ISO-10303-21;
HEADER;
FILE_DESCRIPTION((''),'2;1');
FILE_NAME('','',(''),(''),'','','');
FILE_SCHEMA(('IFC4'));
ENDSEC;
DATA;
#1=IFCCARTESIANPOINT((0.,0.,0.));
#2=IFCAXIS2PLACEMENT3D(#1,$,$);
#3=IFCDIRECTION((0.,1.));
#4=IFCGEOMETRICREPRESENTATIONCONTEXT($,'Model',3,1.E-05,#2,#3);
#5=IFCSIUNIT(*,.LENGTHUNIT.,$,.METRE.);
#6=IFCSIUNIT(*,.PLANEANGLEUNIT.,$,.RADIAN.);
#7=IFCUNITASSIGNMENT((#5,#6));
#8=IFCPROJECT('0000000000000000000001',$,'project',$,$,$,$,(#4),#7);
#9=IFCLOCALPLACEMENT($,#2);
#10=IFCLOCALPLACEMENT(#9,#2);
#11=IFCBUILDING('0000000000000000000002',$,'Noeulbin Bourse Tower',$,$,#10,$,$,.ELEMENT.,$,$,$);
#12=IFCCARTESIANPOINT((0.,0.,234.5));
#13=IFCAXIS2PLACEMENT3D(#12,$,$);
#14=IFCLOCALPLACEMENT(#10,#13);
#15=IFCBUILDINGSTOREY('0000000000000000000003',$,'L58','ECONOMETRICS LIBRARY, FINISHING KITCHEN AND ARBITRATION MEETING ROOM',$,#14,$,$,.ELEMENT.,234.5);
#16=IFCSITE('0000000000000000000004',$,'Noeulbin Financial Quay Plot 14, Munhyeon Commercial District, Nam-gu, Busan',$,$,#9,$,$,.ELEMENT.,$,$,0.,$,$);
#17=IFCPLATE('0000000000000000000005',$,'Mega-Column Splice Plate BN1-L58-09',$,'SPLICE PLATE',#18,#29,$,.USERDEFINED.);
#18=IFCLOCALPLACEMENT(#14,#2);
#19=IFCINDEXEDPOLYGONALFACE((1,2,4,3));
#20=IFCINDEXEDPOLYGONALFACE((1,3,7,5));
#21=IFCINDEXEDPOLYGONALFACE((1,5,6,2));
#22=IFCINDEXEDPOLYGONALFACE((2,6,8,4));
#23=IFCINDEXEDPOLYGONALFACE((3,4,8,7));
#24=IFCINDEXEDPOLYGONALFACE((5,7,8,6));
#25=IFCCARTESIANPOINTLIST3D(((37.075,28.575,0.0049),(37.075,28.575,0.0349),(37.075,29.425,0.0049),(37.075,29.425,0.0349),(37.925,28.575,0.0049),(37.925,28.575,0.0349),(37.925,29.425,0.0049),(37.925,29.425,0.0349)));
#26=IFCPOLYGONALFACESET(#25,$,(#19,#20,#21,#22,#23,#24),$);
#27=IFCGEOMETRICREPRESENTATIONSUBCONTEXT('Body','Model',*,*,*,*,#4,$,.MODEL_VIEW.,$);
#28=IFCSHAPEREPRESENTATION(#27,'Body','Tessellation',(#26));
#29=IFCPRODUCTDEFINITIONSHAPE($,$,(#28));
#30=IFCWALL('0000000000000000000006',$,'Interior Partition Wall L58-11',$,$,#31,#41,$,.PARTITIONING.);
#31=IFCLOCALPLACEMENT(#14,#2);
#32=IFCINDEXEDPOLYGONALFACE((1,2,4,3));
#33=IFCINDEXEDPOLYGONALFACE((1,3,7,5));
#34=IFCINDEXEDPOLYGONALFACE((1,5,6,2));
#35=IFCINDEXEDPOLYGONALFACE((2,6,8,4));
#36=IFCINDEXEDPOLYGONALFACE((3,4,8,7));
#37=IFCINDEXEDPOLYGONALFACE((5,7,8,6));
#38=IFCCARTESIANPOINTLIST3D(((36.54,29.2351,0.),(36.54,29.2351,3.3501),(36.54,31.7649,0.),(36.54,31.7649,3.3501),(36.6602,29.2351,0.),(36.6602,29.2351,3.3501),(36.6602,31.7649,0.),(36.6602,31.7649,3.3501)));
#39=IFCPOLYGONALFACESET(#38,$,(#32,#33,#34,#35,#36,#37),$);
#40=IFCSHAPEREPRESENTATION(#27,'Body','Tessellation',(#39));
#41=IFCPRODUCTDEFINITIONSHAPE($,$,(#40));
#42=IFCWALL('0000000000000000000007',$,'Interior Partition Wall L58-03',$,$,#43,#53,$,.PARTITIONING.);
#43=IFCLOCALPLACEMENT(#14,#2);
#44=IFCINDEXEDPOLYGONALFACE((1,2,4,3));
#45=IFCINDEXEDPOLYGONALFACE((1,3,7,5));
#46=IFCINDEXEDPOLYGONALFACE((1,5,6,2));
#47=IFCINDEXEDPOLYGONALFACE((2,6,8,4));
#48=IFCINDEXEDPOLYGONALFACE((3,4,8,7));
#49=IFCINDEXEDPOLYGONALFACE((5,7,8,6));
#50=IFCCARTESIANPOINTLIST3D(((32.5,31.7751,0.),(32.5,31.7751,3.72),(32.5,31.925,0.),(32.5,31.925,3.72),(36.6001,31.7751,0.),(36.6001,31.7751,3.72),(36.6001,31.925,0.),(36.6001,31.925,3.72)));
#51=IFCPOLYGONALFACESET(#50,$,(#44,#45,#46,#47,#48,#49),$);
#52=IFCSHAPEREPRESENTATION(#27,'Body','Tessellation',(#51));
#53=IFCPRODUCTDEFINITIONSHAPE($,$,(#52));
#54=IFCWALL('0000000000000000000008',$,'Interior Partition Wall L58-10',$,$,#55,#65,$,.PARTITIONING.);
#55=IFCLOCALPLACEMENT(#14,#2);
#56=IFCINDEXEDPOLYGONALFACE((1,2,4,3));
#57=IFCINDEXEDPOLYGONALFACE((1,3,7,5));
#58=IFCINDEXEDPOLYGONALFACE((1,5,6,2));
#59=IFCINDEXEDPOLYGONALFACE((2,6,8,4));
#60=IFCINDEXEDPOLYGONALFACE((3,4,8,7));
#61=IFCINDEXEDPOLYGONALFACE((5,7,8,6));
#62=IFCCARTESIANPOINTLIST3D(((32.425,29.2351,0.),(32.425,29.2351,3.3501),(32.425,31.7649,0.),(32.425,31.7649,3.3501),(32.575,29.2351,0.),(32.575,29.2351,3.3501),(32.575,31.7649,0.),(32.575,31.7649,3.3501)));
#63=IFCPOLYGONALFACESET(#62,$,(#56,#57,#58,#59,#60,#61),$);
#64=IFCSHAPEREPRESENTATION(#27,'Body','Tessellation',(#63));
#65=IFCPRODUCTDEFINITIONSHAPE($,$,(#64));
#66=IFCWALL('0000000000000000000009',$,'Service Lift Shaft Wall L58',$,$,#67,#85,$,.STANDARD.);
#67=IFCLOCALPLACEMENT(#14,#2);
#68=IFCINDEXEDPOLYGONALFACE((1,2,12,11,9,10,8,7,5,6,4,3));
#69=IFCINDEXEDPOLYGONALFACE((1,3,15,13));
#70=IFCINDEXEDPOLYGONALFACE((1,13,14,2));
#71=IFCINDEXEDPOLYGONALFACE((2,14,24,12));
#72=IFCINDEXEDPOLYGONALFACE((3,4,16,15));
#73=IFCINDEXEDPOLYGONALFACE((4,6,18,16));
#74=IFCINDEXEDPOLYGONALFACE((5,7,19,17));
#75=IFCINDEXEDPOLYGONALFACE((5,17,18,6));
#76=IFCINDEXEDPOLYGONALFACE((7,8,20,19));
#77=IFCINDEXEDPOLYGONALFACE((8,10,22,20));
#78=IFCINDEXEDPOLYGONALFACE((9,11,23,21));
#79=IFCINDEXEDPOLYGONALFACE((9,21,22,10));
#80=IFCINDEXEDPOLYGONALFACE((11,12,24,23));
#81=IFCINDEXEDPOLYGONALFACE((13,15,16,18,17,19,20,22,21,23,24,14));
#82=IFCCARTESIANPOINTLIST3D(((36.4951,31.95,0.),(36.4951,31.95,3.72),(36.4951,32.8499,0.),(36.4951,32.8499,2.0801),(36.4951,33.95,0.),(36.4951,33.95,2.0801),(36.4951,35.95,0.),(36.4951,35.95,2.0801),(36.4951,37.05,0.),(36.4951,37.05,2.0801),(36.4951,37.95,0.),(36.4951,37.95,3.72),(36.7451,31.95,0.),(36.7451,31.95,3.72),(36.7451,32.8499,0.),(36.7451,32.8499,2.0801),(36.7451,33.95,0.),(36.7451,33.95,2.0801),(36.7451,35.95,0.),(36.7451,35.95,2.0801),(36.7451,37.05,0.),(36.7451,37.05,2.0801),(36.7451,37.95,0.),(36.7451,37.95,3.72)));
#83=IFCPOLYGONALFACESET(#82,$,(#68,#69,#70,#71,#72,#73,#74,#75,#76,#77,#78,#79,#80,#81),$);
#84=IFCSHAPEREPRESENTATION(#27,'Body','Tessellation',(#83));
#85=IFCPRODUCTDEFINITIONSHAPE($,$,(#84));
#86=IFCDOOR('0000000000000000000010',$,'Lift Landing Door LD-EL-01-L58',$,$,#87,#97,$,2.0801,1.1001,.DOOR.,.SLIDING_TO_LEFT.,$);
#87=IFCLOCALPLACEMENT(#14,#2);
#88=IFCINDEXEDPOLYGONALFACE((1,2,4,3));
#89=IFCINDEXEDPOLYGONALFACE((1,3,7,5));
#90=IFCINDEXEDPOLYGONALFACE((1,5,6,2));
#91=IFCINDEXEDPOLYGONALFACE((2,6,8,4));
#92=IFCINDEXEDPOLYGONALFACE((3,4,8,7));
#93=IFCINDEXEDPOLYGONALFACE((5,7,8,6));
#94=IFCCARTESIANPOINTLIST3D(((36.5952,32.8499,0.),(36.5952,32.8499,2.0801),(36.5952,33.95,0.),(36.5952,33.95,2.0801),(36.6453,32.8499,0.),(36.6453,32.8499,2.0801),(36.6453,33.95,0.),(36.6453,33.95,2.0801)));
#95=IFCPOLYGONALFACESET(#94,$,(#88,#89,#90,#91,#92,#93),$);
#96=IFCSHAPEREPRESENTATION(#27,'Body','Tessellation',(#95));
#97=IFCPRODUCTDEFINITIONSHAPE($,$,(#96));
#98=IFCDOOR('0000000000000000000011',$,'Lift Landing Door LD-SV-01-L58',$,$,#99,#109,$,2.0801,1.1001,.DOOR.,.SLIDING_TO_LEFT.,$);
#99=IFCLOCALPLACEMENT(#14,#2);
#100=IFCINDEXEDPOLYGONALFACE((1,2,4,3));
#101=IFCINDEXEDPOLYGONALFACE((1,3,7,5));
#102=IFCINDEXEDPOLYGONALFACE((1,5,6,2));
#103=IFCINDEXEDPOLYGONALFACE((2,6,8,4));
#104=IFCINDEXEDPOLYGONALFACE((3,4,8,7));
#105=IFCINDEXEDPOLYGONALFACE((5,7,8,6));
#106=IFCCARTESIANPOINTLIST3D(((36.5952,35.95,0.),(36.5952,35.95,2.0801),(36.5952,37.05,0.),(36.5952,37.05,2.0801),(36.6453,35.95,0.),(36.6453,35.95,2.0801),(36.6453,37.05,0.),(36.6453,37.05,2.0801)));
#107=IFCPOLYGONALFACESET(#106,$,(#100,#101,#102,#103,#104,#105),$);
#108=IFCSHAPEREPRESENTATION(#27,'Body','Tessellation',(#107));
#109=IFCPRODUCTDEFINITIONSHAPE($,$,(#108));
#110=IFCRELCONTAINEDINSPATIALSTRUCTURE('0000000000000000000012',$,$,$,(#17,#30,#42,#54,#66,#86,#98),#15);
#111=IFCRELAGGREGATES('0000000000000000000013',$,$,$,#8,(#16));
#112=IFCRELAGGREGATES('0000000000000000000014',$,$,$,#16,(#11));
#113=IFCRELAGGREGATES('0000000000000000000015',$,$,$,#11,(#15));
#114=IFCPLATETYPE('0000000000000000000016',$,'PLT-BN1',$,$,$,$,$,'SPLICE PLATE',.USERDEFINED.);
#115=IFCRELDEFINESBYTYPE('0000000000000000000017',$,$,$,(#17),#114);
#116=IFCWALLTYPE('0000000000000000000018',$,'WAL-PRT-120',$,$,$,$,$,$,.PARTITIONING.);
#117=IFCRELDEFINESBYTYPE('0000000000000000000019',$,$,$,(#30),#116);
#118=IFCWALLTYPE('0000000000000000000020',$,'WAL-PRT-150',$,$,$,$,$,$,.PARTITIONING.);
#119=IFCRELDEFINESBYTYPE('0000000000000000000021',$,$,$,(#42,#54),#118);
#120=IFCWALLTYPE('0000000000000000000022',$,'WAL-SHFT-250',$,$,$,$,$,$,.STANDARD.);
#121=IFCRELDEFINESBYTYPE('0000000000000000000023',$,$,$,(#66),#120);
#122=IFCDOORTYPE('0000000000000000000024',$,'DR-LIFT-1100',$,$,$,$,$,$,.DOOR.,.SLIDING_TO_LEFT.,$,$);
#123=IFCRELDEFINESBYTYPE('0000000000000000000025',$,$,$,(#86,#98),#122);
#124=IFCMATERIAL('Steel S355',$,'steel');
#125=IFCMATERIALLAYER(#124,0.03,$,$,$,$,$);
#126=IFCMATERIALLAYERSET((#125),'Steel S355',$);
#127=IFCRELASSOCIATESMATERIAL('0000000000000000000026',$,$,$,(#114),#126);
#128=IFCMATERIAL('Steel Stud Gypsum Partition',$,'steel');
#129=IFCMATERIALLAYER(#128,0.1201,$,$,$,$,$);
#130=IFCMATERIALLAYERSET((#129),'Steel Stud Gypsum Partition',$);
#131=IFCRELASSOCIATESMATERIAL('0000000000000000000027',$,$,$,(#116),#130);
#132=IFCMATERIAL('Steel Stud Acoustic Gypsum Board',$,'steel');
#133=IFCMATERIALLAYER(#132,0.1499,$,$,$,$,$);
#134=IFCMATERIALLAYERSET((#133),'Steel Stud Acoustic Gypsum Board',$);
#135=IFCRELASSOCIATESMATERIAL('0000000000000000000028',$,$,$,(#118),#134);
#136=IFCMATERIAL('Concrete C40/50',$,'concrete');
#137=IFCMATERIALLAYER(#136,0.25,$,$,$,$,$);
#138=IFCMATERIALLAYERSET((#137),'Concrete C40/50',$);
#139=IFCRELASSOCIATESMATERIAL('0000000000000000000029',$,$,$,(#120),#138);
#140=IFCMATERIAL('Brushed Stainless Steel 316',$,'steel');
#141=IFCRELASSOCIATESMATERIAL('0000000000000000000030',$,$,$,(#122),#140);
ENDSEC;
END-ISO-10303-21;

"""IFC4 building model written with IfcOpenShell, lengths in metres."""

from ifc_helpers import new_model, si_unit, direction, frame, frame_2d, origin, origin_2d, place, context, subcontext, project, spatial, rectangle, extrude, material, layer, layer_set, type_object, element, fill, save


model = new_model("IFC4")

# Units and contexts
model_context = context("Model", 3, precision=1e-05, world=origin(), true_north=direction((0.0, 1.0)))
body_context = subcontext(model_context, "Body", "Model", "MODEL_VIEW")
ifc_project = project(units=[si_unit("LENGTHUNIT", "METRE"), si_unit("PLANEANGLEUNIT", "RADIAN")], contexts=[model_context])

# Site, building, storey
site_placement = place(None, origin())
site = spatial("IfcSite", under=ifc_project, at=site_placement, Name="Noeulbin Financial Quay Plot 14, Munhyeon Commercial District, Nam-gu, Busan", CompositionType="ELEMENT", RefElevation=0.0)
building_placement = place(site_placement, origin())
building = spatial("IfcBuilding", under=site, at=building_placement, Name="Noeulbin Bourse Tower", CompositionType="ELEMENT")
storey_placement = place(building_placement, frame((0.0, 0.0, 234.5)))
storey = spatial("IfcBuildingStorey", under=building, at=storey_placement, Name="L58", Description="ECONOMETRICS LIBRARY, FINISHING KITCHEN AND ARBITRATION MEETING ROOM", CompositionType="ELEMENT", Elevation=234.5)

# Shared definitions
ifc_material_1 = material(Name="Steel S355", Category="steel")

# Plate
ifc_layer_1 = layer(ifc_material_1, 0.03)
ifc_layer_set_1 = layer_set([ifc_layer_1], Name="Steel S355")
plate_type = type_object("IfcPlateType", Name="PLT-BN1", ElementType="SPLICE PLATE", PredefinedType="USERDEFINED", material=ifc_layer_set_1)
for number, where, z_axis, x_axis, name in (
    (1, (37.5, 29.0, 0.0049), (0.0, 0.0, 1.0), (1.0, 0.0, 0.0), "Mega-Column Splice Plate BN1-L58-09"),
):
    element("IfcPlate", number, at=place(storey_placement, frame(where, z_axis=z_axis, x_axis=x_axis)), inside=storey, type_object=plate_type, Name=name, ObjectType="SPLICE PLATE", PredefinedType="USERDEFINED", context=body_context, shape_type="SweptSolid", body=[
        extrude(rectangle(XDim=0.8501, YDim=0.8501, at=origin_2d()), origin(), (0.0, 0.0, 1.0), 0.03),
    ])

# Walls
ifc_material_2 = material(Name="Steel Stud Gypsum Partition", Category="steel")
ifc_layer_2 = layer(ifc_material_2, 0.1201)
ifc_layer_set_2 = layer_set([ifc_layer_2], Name="Steel Stud Gypsum Partition")
wall_type_1 = type_object("IfcWallType", Name="WAL-PRT-120", PredefinedType="PARTITIONING", material=ifc_layer_set_2)
wall_1_placement = place(storey_placement, frame((36.6001, 29.2351, 0.0), z_axis=(0.0, 0.0, 1.0), x_axis=(0.0, 1.0, 0.0)))
element("IfcWall", 2, at=wall_1_placement, inside=storey, type_object=wall_type_1, Name="Interior Partition Wall L58-11", PredefinedType="PARTITIONING", context=body_context, shape_type="SweptSolid", body=[
    extrude(rectangle(XDim=2.5298, YDim=0.1201, at=frame_2d((1.2649, 0.0))), origin(), (0.0, 0.0, 1.0), 3.3501),
])
ifc_material_3 = material(Name="Steel Stud Acoustic Gypsum Board", Category="steel")
ifc_layer_3 = layer(ifc_material_3, 0.1499)
ifc_layer_set_3 = layer_set([ifc_layer_3], Name="Steel Stud Acoustic Gypsum Board")
wall_type_2 = type_object("IfcWallType", Name="WAL-PRT-150", PredefinedType="PARTITIONING", material=ifc_layer_set_3)
wall_2_placement = place(storey_placement, frame((32.5, 31.8501, 0.0), z_axis=(0.0, 0.0, 1.0), x_axis=(1.0, 0.0, 0.0)))
element("IfcWall", 3, at=wall_2_placement, inside=storey, type_object=wall_type_2, Name="Interior Partition Wall L58-03", PredefinedType="PARTITIONING", context=body_context, shape_type="SweptSolid", body=[
    extrude(rectangle(XDim=4.1001, YDim=0.1499, at=frame_2d((2.05, 0.0))), origin(), (0.0, 0.0, 1.0), 3.72),
])
wall_3_placement = place(storey_placement, frame((32.5, 29.2351, 0.0), z_axis=(0.0, 0.0, 1.0), x_axis=(0.0, 1.0, 0.0)))
element("IfcWall", 4, at=wall_3_placement, inside=storey, type_object=wall_type_2, Name="Interior Partition Wall L58-10", PredefinedType="PARTITIONING", context=body_context, shape_type="SweptSolid", body=[
    extrude(rectangle(XDim=2.5298, YDim=0.1499, at=frame_2d((1.2649, 0.0))), origin(), (0.0, 0.0, 1.0), 3.3501),
])

# Wall, openings, doors
ifc_material_4 = material(Name="Concrete C40/50", Category="concrete")
ifc_layer_4 = layer(ifc_material_4, 0.25)
ifc_layer_set_4 = layer_set([ifc_layer_4], Name="Concrete C40/50")
wall_type_3 = type_object("IfcWallType", Name="WAL-SHFT-250", PredefinedType="STANDARD", material=ifc_layer_set_4)
wall_4_placement = place(storey_placement, frame((36.6201, 31.95, 0.0), z_axis=(0.0, 0.0, 1.0), x_axis=(0.0, 1.0, 0.0)))
wall_4 = element("IfcWall", 5, at=wall_4_placement, inside=storey, type_object=wall_type_3, Name="Service Lift Shaft Wall L58", PredefinedType="STANDARD", context=body_context, shape_type="SweptSolid", body=[
    extrude(rectangle(XDim=6.0, YDim=0.25, at=frame_2d((3.0, 0.0))), origin(), (0.0, 0.0, 1.0), 3.72),
])
opening_1_placement = place(wall_4_placement, frame((0.8999, 0.0, 0.0)))
opening_1 = element("IfcOpeningElement", 6, at=opening_1_placement, cuts=wall_4, PredefinedType="OPENING", context=body_context, shape_type="SweptSolid", body=[
    extrude(rectangle(XDim=1.1001, YDim=2.0801, at=frame_2d((0.55, 1.04))), frame((0.0, 0.135, 0.0), z_axis=(0.0, -1.0, 0.0), x_axis=(1.0, 0.0, 0.0)), (0.0, 0.0, 1.0), 0.27),
])
opening_2_placement = place(wall_4_placement, frame((4.0, 0.0, 0.0)))
opening_2 = element("IfcOpeningElement", 7, at=opening_2_placement, cuts=wall_4, PredefinedType="OPENING", context=body_context, shape_type="SweptSolid", body=[
    extrude(rectangle(XDim=1.1001, YDim=2.0801, at=frame_2d((0.55, 1.04))), frame((0.0, 0.135, 0.0), z_axis=(0.0, -1.0, 0.0), x_axis=(1.0, 0.0, 0.0)), (0.0, 0.0, 1.0), 0.27),
])
ifc_material_5 = material(Name="Brushed Stainless Steel 316", Category="steel")
door_type = type_object("IfcDoorType", Name="DR-LIFT-1100", OperationType="SLIDING_TO_LEFT", PredefinedType="DOOR", material=ifc_material_5)
door_1_placement = place(opening_1_placement, origin())
door_1 = element("IfcDoor", 8, at=door_1_placement, inside=storey, type_object=door_type, Name="Lift Landing Door LD-EL-01-L58", OperationType="SLIDING_TO_LEFT", OverallHeight=2.0801, OverallWidth=1.1001, PredefinedType="DOOR", context=body_context, shape_type="SweptSolid", body=[
    extrude(rectangle(XDim=1.1001, YDim=2.0801, at=frame_2d((0.55, 1.04))), frame((0.0, 0.0249, 0.0), z_axis=(0.0, -1.0, 0.0), x_axis=(1.0, 0.0, 0.0)), (0.0, 0.0, 1.0), 0.05),
])
fill(opening_1, door_1)
door_2_placement = place(opening_2_placement, origin())
door_2 = element("IfcDoor", 9, at=door_2_placement, inside=storey, type_object=door_type, Name="Lift Landing Door LD-SV-01-L58", OperationType="SLIDING_TO_LEFT", OverallHeight=2.0801, OverallWidth=1.1001, PredefinedType="DOOR", context=body_context, shape_type="SweptSolid", body=[
    extrude(rectangle(XDim=1.1001, YDim=2.0801, at=frame_2d((0.55, 1.04))), frame((0.0, 0.0249, 0.0), z_axis=(0.0, -1.0, 0.0), x_axis=(1.0, 0.0, 0.0)), (0.0, 0.0, 1.0), 0.05),
])
fill(opening_2, door_2)

save(model, "model.ifc")
